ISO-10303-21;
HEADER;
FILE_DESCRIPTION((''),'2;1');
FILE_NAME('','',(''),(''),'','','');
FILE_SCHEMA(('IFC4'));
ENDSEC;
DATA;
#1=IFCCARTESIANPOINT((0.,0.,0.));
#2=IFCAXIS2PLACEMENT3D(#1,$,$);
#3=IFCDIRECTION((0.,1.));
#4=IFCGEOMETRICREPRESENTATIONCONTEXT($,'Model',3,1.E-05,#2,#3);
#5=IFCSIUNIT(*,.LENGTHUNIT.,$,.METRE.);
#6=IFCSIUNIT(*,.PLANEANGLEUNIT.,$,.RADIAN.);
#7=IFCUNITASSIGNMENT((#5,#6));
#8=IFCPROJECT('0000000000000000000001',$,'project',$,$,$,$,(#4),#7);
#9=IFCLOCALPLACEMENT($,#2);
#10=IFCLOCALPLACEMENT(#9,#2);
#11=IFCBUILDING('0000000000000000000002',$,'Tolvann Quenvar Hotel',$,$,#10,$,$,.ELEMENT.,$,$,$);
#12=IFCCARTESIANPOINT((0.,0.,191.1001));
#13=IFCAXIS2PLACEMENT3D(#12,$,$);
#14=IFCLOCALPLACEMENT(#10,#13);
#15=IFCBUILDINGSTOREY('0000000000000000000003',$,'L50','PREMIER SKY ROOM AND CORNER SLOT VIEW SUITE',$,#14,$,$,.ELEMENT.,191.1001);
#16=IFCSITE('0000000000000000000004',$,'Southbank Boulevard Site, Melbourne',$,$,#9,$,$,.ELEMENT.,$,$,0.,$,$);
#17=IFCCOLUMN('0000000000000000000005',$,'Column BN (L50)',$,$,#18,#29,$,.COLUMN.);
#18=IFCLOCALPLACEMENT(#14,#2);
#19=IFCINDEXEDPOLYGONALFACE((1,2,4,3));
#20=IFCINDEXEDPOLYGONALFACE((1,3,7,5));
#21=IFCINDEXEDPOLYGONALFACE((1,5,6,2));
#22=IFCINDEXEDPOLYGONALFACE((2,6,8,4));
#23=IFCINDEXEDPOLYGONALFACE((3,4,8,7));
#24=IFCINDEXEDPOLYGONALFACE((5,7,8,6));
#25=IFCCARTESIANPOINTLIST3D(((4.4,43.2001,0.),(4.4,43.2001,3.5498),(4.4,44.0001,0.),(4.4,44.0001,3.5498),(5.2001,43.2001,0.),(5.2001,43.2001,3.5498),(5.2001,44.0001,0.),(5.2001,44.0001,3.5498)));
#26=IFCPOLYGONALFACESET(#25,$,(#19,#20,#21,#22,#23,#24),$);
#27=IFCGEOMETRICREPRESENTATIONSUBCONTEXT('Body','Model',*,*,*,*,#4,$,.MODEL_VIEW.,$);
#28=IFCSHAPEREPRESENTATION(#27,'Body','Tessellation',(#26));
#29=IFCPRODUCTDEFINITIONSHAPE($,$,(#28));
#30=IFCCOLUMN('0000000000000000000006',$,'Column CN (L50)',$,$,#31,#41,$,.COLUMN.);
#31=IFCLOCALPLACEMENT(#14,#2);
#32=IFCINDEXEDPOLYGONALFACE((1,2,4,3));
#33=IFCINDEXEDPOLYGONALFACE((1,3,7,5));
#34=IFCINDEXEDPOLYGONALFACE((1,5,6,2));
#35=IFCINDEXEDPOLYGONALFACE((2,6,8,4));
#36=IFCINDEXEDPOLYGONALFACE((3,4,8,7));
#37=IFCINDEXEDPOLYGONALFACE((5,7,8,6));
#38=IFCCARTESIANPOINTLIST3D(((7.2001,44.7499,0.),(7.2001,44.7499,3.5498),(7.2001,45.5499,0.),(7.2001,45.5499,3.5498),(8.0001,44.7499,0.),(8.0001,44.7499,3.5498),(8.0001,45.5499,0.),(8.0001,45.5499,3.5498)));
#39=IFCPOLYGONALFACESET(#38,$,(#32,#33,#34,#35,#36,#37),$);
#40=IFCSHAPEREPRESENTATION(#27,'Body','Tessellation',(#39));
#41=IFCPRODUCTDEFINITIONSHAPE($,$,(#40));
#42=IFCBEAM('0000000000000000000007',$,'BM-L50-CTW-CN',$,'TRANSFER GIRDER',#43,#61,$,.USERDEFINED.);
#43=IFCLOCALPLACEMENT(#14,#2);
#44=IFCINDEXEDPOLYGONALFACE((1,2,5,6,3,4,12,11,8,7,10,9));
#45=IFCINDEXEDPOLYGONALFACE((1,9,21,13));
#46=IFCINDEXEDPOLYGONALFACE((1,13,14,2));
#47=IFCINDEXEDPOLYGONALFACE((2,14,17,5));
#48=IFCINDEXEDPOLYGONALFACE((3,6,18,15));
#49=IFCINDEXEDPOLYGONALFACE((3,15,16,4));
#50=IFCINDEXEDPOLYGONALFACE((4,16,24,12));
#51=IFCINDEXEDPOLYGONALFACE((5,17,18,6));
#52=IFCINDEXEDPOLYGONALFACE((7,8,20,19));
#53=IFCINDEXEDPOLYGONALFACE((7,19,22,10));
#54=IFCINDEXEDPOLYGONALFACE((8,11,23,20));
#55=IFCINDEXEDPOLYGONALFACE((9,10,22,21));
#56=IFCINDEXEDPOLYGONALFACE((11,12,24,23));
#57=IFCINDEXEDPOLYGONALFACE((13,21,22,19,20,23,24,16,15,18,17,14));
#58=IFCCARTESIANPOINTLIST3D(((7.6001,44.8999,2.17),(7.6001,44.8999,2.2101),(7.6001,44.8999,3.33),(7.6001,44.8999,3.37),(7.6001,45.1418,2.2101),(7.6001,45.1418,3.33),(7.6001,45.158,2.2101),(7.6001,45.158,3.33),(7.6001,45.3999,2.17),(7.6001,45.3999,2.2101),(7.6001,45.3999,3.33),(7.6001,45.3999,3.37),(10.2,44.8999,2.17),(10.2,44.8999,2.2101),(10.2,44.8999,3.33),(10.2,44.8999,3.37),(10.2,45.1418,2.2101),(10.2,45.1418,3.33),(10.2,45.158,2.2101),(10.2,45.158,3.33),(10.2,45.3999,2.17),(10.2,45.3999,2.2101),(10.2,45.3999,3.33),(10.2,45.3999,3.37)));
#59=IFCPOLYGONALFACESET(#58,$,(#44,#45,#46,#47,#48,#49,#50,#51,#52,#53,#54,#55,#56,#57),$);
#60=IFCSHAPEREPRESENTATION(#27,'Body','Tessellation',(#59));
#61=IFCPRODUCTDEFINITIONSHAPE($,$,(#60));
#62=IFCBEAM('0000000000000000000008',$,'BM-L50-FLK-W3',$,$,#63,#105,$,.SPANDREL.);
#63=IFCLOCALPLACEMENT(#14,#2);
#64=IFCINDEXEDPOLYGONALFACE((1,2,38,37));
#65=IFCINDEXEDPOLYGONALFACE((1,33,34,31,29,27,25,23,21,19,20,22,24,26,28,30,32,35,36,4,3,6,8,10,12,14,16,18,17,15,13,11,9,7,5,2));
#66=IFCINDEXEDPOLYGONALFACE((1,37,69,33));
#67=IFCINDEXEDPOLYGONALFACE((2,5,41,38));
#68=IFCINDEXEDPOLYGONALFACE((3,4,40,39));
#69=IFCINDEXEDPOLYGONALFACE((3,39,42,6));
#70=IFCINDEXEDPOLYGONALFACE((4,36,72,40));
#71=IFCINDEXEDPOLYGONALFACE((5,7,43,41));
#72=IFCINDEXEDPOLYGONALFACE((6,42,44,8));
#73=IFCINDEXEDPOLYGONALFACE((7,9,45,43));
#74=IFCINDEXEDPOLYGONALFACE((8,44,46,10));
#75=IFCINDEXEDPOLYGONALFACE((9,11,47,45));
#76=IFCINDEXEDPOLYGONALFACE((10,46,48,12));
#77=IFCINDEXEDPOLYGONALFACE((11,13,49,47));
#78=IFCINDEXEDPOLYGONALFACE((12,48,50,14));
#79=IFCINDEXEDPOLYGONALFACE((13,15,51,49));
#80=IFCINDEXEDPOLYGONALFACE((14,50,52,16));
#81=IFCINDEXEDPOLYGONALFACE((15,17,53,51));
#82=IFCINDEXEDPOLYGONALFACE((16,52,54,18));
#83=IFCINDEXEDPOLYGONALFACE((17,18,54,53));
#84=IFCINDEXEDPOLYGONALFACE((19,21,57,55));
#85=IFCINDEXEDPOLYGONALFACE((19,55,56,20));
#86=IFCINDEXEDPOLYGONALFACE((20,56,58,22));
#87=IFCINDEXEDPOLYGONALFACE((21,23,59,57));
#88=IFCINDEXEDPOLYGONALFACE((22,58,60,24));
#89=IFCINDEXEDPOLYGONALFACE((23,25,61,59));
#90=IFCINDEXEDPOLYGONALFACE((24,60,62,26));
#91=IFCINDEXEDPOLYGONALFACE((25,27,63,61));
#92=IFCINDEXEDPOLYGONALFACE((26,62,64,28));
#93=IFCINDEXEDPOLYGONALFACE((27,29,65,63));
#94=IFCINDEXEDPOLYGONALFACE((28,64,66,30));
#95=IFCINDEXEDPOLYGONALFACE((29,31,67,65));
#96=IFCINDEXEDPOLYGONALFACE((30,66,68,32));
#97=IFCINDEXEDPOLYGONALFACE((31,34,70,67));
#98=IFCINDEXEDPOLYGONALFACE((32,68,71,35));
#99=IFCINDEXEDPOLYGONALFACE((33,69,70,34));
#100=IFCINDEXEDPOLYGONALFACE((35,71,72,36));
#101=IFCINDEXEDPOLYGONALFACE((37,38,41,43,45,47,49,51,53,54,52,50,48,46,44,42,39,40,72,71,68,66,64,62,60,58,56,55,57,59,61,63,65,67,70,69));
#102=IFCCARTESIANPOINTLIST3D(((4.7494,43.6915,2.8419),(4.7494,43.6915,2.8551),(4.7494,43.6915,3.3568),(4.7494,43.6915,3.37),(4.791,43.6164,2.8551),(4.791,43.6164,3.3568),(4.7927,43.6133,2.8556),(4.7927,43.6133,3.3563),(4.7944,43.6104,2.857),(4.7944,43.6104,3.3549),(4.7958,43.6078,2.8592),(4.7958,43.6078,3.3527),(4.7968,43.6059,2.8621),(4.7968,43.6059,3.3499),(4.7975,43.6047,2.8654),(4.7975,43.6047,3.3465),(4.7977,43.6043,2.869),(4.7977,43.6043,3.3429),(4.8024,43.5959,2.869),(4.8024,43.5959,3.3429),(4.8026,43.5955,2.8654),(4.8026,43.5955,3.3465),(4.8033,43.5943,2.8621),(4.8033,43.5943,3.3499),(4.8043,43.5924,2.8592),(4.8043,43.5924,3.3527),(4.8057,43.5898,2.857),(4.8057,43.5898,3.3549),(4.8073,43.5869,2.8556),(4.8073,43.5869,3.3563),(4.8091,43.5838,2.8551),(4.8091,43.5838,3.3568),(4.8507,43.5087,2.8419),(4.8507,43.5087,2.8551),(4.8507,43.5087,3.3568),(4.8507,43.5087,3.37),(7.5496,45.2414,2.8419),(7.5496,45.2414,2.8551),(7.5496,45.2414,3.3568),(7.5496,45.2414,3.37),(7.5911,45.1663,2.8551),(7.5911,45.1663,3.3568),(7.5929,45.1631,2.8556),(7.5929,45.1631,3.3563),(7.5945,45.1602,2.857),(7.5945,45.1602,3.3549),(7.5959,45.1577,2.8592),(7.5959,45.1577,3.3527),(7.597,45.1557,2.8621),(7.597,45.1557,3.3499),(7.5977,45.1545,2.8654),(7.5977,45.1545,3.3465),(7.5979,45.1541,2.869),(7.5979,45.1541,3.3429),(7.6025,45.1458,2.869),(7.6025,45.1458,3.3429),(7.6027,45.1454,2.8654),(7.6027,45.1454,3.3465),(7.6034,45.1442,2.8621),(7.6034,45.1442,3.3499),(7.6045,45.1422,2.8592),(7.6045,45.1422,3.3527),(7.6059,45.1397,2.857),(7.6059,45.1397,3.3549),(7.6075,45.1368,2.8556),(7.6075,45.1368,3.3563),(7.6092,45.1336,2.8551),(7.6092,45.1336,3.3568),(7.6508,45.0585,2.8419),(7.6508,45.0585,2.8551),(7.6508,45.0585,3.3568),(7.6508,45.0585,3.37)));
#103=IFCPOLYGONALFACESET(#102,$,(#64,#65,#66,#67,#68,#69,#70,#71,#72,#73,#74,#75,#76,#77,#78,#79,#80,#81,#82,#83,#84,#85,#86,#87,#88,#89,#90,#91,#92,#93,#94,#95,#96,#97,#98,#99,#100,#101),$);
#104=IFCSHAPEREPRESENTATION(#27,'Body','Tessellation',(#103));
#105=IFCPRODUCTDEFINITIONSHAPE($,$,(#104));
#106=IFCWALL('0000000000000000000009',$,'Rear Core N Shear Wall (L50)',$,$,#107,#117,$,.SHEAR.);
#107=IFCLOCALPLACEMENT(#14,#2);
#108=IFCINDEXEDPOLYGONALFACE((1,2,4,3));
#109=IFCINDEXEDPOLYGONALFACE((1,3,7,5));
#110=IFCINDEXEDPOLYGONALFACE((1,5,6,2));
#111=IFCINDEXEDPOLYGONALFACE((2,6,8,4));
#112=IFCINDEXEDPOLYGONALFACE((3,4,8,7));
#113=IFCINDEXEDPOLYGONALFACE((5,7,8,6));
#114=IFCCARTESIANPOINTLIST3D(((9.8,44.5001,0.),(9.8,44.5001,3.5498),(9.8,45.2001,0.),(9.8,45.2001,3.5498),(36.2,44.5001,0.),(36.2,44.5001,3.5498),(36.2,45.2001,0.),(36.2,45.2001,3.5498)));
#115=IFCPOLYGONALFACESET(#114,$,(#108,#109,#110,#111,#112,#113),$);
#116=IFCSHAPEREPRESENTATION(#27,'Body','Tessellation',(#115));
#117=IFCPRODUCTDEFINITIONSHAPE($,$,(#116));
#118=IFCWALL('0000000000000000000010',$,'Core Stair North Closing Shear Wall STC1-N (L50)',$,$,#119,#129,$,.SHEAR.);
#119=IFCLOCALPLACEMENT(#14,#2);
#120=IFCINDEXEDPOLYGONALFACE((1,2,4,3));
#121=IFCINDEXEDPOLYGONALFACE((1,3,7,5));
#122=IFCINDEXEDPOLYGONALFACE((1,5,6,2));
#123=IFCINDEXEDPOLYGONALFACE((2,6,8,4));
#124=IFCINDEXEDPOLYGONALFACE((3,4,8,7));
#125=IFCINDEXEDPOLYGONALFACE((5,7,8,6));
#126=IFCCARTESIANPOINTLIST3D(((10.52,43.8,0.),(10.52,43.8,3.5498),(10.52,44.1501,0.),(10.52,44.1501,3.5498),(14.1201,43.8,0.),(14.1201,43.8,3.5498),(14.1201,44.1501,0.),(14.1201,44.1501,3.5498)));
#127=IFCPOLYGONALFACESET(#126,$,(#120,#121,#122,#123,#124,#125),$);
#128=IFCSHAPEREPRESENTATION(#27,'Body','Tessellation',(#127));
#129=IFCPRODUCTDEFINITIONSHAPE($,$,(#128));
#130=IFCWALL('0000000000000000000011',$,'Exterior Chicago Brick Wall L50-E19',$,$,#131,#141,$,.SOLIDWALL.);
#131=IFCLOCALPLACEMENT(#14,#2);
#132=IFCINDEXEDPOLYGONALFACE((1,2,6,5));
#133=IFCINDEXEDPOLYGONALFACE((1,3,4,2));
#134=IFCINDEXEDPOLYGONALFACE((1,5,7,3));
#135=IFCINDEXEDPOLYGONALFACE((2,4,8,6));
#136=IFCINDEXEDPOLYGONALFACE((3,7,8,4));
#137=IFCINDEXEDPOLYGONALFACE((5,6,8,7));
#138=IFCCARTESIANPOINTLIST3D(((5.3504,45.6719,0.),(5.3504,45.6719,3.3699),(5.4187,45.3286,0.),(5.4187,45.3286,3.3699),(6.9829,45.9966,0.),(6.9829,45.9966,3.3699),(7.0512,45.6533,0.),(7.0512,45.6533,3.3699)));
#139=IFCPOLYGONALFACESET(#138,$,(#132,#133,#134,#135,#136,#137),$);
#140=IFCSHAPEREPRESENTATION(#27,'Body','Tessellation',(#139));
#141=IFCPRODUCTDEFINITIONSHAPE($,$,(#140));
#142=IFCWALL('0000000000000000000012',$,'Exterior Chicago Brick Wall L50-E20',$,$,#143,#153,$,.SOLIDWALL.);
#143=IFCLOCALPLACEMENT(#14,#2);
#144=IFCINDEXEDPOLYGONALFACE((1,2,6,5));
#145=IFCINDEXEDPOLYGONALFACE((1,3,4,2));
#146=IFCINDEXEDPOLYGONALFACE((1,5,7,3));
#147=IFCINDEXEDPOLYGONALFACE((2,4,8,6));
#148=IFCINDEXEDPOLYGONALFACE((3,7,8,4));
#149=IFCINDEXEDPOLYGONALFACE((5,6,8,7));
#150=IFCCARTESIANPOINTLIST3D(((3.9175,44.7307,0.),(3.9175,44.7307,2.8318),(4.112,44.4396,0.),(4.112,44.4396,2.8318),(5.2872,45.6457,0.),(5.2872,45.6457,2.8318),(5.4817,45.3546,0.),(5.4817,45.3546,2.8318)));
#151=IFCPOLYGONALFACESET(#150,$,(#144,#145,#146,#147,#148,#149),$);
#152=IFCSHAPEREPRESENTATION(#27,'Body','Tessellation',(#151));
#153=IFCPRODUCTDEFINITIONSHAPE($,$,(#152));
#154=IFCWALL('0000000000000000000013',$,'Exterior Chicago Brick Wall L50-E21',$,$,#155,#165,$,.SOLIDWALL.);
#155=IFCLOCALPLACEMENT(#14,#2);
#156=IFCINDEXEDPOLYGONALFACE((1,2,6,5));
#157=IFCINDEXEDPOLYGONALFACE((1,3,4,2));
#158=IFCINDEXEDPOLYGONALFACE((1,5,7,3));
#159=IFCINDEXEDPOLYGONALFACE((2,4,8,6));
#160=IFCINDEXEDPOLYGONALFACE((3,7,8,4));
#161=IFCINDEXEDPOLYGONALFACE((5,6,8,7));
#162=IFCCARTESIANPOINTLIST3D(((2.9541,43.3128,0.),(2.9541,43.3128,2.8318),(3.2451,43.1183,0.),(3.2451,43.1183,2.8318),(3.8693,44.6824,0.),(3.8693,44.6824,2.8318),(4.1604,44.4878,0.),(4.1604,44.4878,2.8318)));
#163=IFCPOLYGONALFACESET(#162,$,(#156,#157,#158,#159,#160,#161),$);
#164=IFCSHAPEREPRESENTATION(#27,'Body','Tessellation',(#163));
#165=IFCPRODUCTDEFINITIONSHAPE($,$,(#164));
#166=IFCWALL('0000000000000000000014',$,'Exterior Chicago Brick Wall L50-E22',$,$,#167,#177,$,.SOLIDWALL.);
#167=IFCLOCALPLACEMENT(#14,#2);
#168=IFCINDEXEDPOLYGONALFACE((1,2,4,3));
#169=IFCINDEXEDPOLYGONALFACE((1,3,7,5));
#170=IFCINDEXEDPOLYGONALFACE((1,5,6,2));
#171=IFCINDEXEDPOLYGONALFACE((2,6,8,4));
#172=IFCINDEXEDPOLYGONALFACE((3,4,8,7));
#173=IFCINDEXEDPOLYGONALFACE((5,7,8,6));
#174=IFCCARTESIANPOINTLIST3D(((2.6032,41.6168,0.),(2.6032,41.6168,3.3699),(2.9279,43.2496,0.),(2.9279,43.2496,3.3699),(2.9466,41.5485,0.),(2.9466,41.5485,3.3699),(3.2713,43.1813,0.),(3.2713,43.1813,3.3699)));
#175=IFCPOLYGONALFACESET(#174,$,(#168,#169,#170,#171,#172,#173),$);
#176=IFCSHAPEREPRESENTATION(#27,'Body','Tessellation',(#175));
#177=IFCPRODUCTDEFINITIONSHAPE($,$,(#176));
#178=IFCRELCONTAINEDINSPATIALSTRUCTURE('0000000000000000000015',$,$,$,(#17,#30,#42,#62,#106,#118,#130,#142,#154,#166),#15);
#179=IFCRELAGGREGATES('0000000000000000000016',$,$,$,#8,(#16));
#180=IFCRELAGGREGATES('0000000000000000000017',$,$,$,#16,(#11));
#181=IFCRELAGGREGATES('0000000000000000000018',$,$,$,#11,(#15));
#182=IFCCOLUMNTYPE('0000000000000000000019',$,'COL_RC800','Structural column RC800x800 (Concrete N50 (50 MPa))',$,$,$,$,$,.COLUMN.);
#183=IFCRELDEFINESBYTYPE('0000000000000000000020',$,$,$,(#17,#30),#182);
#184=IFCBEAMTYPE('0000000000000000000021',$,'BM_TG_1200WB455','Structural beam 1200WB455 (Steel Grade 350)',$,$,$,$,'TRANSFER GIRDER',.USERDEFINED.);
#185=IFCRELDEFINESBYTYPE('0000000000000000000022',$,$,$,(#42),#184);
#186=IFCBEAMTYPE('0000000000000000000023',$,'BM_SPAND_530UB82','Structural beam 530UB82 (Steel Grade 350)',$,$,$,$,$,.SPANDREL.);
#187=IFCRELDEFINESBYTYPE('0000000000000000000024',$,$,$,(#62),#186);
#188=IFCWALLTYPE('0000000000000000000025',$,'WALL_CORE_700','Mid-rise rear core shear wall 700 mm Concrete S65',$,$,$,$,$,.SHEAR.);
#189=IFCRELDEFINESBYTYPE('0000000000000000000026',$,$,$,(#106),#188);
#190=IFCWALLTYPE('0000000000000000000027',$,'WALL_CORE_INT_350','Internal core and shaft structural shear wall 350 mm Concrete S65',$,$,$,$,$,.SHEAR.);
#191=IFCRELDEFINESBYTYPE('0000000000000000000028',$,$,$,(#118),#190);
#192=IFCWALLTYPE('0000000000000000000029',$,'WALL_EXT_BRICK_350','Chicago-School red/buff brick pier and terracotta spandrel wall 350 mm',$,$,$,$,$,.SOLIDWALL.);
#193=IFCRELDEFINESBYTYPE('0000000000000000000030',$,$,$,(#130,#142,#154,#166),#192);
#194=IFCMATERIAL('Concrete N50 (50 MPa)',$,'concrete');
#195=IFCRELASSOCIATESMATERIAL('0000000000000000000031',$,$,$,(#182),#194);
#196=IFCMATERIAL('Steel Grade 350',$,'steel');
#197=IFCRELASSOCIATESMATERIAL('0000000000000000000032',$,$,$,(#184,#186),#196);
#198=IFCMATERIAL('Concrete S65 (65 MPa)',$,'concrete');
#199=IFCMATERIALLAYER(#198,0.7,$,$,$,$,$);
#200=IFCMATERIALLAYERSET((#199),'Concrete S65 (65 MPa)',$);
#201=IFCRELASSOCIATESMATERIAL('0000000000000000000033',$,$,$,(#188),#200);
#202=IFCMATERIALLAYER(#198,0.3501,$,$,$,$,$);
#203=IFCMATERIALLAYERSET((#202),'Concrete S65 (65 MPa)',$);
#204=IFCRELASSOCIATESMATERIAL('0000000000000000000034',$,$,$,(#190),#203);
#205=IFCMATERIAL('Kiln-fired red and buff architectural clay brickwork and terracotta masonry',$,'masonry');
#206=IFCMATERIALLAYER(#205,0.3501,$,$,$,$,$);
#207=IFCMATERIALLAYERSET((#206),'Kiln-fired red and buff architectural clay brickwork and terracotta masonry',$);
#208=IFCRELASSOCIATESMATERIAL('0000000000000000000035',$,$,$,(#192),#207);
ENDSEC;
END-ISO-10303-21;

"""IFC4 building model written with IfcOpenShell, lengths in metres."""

from ifc_helpers import new_model, si_unit, direction, frame, frame_2d, origin, origin_2d, place, context, subcontext, project, spatial, rectangle, i_section, extrude, source, transform, mapped, material, layer, layer_set, material_profile, profile_set, type_object, type_shapes, element, save


model = new_model("IFC4")

# Units and contexts
model_context = context("Model", 3, precision=1e-05, world=origin(), true_north=direction((0.0, 1.0)))
body_context = subcontext(model_context, "Body", "Model", "MODEL_VIEW")
ifc_project = project(units=[si_unit("LENGTHUNIT", "METRE"), si_unit("PLANEANGLEUNIT", "RADIAN")], contexts=[model_context])

# Site, building, storey
site_placement = place(None, origin())
site = spatial("IfcSite", under=ifc_project, at=site_placement, Name="Southbank Boulevard Site, Melbourne", CompositionType="ELEMENT", RefElevation=0.0)
building_placement = place(site_placement, origin())
building = spatial("IfcBuilding", under=site, at=building_placement, Name="Tolvann Quenvar Hotel", CompositionType="ELEMENT")
storey_placement = place(building_placement, frame((0.0, 0.0, 191.1001)))
storey = spatial("IfcBuildingStorey", under=building, at=storey_placement, Name="L50", Description="PREMIER SKY ROOM AND CORNER SLOT VIEW SUITE", CompositionType="ELEMENT", Elevation=191.1001)

# Columns
ifc_material_1 = material(Name="Concrete N50 (50 MPa)", Category="concrete")
ifc_material_profile_1 = material_profile(ifc_material_1, rectangle(XDim=0.8, YDim=0.8, at=origin_2d()), Name="RC800x800")
ifc_profile_set_1 = profile_set([ifc_material_profile_1], Name="Concrete N50 (50 MPa)")
column_type = type_object("IfcColumnType", Name="COL_RC800", Description="Structural column RC800x800 (Concrete N50 (50 MPa))", PredefinedType="COLUMN", material=ifc_profile_set_1)
shared_shape_1 = source(origin(), body_context, "Body", "SweptSolid", [
    extrude(rectangle(XDim=0.8, YDim=0.8, at=origin_2d()), origin(), (0.0, 0.0, 1.0), 3.5498),
])
type_shapes(column_type, [shared_shape_1])
for number, where, z_axis, x_axis, name in (
    (1, (4.8, 43.6001, 0.0), (0.0, 0.0, 1.0), (1.0, 0.0, 0.0), "Column BN (L50)"),
    (2, (7.6001, 45.1499, 0.0), (0.0, 0.0, 1.0), (1.0, 0.0, 0.0), "Column CN (L50)"),
):
    element("IfcColumn", number, at=place(storey_placement, frame(where, z_axis=z_axis, x_axis=x_axis)), inside=storey, type_object=column_type, Name=name, PredefinedType="COLUMN", context=body_context, shape_type="MappedRepresentation", body=[
        mapped(shared_shape_1, transform((0.0, 0.0, 0.0), x_axis=(1.0, 0.0, 0.0), y_axis=(0.0, 1.0, 0.0), z_axis=(0.0, 0.0, 1.0), scale=1.0)),
    ])

# Beams
ifc_material_2 = material(Name="Steel Grade 350", Category="steel")
ifc_material_profile_2 = material_profile(ifc_material_2, i_section(OverallWidth=0.5, OverallDepth=1.2, WebThickness=0.0161, FlangeThickness=0.04, at=origin_2d()), Name="1200WB455")
ifc_profile_set_2 = profile_set([ifc_material_profile_2], Name="Steel Grade 350")
beam_type_1 = type_object("IfcBeamType", Name="BM_TG_1200WB455", Description="Structural beam 1200WB455 (Steel Grade 350)", ElementType="TRANSFER GIRDER", PredefinedType="USERDEFINED", material=ifc_profile_set_2)
shared_shape_2 = source(origin(), body_context, "Body", "SweptSolid", [
    extrude(i_section(OverallWidth=0.5, OverallDepth=1.2, WebThickness=0.0161, FlangeThickness=0.04, at=origin_2d()), origin(), (0.0, 0.0, 1.0), 2.5999),
])
type_shapes(beam_type_1, [shared_shape_2])
beam_1_placement = place(storey_placement, frame((7.6001, 45.1499, 2.77), z_axis=(1.0, 0.0, 0.0), x_axis=(0.0, 1.0, 0.0)))
element("IfcBeam", 3, at=beam_1_placement, inside=storey, type_object=beam_type_1, Name="BM-L50-CTW-CN", ObjectType="TRANSFER GIRDER", PredefinedType="USERDEFINED", context=body_context, shape_type="MappedRepresentation", body=[
    mapped(shared_shape_2, transform((0.0, 0.0, 0.0), x_axis=(1.0, 0.0, 0.0), y_axis=(0.0, 1.0, 0.0), z_axis=(0.0, 0.0, 1.0), scale=1.0)),
])
ifc_material_profile_3 = material_profile(ifc_material_2, i_section(OverallWidth=0.209, OverallDepth=0.5281, WebThickness=0.0095, FlangeThickness=0.0132, FilletRadius=0.0139, at=origin_2d()), Name="530UB82")
ifc_profile_set_3 = profile_set([ifc_material_profile_3], Name="Steel Grade 350")
beam_type_2 = type_object("IfcBeamType", Name="BM_SPAND_530UB82", Description="Structural beam 530UB82 (Steel Grade 350)", PredefinedType="SPANDREL", material=ifc_profile_set_3)
shared_shape_3 = source(origin(), body_context, "Body", "SweptSolid", [
    extrude(i_section(OverallWidth=0.209, OverallDepth=0.5281, WebThickness=0.0095, FlangeThickness=0.0132, FilletRadius=0.0139, at=origin_2d()), origin(), (0.0, 0.0, 1.0), 3.2004),
])
type_shapes(beam_type_2, [shared_shape_3])
beam_2_placement = place(storey_placement, frame((4.8, 43.6001, 3.106), z_axis=(0.874923, 0.484263, 0.0), x_axis=(-0.484263, 0.874923, 0.0)))
element("IfcBeam", 4, at=beam_2_placement, inside=storey, type_object=beam_type_2, Name="BM-L50-FLK-W3", PredefinedType="SPANDREL", context=body_context, shape_type="MappedRepresentation", body=[
    mapped(shared_shape_3, transform((0.0, 0.0, 0.0), x_axis=(1.0, 0.0, 0.0), y_axis=(0.0, 1.0, 0.0), z_axis=(0.0, 0.0, 1.0), scale=1.0)),
])

# Walls
ifc_material_3 = material(Name="Concrete S65 (65 MPa)", Category="concrete")
ifc_layer_1 = layer(ifc_material_3, 0.7)
ifc_layer_set_1 = layer_set([ifc_layer_1], Name="Concrete S65 (65 MPa)")
wall_type_1 = type_object("IfcWallType", Name="WALL_CORE_700", Description="Mid-rise rear core shear wall 700 mm Concrete S65", PredefinedType="SHEAR", material=ifc_layer_set_1)
wall_1_placement = place(storey_placement, frame((9.8, 44.8501, 0.0), z_axis=(0.0, 0.0, 1.0), x_axis=(1.0, 0.0, 0.0)))
element("IfcWall", 5, at=wall_1_placement, inside=storey, type_object=wall_type_1, Name="Rear Core N Shear Wall (L50)", PredefinedType="SHEAR", context=body_context, shape_type="SweptSolid", body=[
    extrude(rectangle(XDim=26.3999, YDim=0.7, at=frame_2d((13.2, 0.0))), origin(), (0.0, 0.0, 1.0), 3.5498),
])
ifc_layer_2 = layer(ifc_material_3, 0.3501)
ifc_layer_set_2 = layer_set([ifc_layer_2], Name="Concrete S65 (65 MPa)")
wall_type_2 = type_object("IfcWallType", Name="WALL_CORE_INT_350", Description="Internal core and shaft structural shear wall 350 mm Concrete S65", PredefinedType="SHEAR", material=ifc_layer_set_2)
wall_2_placement = place(storey_placement, frame((10.52, 43.9751, 0.0), z_axis=(0.0, 0.0, 1.0), x_axis=(1.0, 0.0, 0.0)))
element("IfcWall", 6, at=wall_2_placement, inside=storey, type_object=wall_type_2, Name="Core Stair North Closing Shear Wall STC1-N (L50)", PredefinedType="SHEAR", context=body_context, shape_type="SweptSolid", body=[
    extrude(rectangle(XDim=3.6001, YDim=0.3501, at=frame_2d((1.8, 0.0))), origin(), (0.0, 0.0, 1.0), 3.5498),
])
ifc_material_4 = material(Name="Kiln-fired red and buff architectural clay brickwork and terracotta masonry", Category="masonry")
ifc_layer_3 = layer(ifc_material_4, 0.3501)
ifc_layer_set_3 = layer_set([ifc_layer_3], Name="Kiln-fired red and buff architectural clay brickwork and terracotta masonry")
wall_type_3 = type_object("IfcWallType", Name="WALL_EXT_BRICK_350", Description="Chicago-School red/buff brick pier and terracotta spandrel wall 350 mm", PredefinedType="SOLIDWALL", material=ifc_layer_set_3)
wall_3_placement = place(storey_placement, frame((7.0171, 45.825, 0.0), z_axis=(0.0, 0.0, 1.0), x_axis=(-0.980789, -0.195072, 0.0)))
element("IfcWall", 7, at=wall_3_placement, inside=storey, type_object=wall_type_3, Name="Exterior Chicago Brick Wall L50-E19", PredefinedType="SOLIDWALL", context=body_context, shape_type="SweptSolid", body=[
    extrude(rectangle(XDim=1.6646, YDim=0.3501, at=frame_2d((0.8323, 0.0))), origin(), (0.0, 0.0, 1.0), 3.3699),
])
for number, where, z_axis, x_axis, name in (
    (8, (5.3845, 45.5002, 0.0), (0.0, 0.0, 1.0), (-0.831503, -0.555521, 0.0), "Exterior Chicago Brick Wall L50-E20"),
    (9, (4.0149, 44.5852, 0.0), (0.0, 0.0, 1.0), (-0.555623, -0.831434, 0.0), "Exterior Chicago Brick Wall L50-E21"),
):
    element("IfcWall", number, at=place(storey_placement, frame(where, z_axis=z_axis, x_axis=x_axis)), inside=storey, type_object=wall_type_3, Name=name, PredefinedType="SOLIDWALL", context=body_context, shape_type="SweptSolid", body=[
        extrude(rectangle(XDim=1.6472, YDim=0.3501, at=frame_2d((0.8237, 0.0))), origin(), (0.0, 0.0, 1.0), 2.8318),
    ])
wall_4_placement = place(storey_placement, frame((3.0996, 43.2156, 0.0), z_axis=(0.0, 0.0, 1.0), x_axis=(-0.195044, -0.980794, 0.0)))
element("IfcWall", 10, at=wall_4_placement, inside=storey, type_object=wall_type_3, Name="Exterior Chicago Brick Wall L50-E22", PredefinedType="SOLIDWALL", context=body_context, shape_type="SweptSolid", body=[
    extrude(rectangle(XDim=1.6648, YDim=0.3501, at=frame_2d((0.8325, 0.0))), origin(), (0.0, 0.0, 1.0), 3.3699),
])

save(model, "model.ifc")
